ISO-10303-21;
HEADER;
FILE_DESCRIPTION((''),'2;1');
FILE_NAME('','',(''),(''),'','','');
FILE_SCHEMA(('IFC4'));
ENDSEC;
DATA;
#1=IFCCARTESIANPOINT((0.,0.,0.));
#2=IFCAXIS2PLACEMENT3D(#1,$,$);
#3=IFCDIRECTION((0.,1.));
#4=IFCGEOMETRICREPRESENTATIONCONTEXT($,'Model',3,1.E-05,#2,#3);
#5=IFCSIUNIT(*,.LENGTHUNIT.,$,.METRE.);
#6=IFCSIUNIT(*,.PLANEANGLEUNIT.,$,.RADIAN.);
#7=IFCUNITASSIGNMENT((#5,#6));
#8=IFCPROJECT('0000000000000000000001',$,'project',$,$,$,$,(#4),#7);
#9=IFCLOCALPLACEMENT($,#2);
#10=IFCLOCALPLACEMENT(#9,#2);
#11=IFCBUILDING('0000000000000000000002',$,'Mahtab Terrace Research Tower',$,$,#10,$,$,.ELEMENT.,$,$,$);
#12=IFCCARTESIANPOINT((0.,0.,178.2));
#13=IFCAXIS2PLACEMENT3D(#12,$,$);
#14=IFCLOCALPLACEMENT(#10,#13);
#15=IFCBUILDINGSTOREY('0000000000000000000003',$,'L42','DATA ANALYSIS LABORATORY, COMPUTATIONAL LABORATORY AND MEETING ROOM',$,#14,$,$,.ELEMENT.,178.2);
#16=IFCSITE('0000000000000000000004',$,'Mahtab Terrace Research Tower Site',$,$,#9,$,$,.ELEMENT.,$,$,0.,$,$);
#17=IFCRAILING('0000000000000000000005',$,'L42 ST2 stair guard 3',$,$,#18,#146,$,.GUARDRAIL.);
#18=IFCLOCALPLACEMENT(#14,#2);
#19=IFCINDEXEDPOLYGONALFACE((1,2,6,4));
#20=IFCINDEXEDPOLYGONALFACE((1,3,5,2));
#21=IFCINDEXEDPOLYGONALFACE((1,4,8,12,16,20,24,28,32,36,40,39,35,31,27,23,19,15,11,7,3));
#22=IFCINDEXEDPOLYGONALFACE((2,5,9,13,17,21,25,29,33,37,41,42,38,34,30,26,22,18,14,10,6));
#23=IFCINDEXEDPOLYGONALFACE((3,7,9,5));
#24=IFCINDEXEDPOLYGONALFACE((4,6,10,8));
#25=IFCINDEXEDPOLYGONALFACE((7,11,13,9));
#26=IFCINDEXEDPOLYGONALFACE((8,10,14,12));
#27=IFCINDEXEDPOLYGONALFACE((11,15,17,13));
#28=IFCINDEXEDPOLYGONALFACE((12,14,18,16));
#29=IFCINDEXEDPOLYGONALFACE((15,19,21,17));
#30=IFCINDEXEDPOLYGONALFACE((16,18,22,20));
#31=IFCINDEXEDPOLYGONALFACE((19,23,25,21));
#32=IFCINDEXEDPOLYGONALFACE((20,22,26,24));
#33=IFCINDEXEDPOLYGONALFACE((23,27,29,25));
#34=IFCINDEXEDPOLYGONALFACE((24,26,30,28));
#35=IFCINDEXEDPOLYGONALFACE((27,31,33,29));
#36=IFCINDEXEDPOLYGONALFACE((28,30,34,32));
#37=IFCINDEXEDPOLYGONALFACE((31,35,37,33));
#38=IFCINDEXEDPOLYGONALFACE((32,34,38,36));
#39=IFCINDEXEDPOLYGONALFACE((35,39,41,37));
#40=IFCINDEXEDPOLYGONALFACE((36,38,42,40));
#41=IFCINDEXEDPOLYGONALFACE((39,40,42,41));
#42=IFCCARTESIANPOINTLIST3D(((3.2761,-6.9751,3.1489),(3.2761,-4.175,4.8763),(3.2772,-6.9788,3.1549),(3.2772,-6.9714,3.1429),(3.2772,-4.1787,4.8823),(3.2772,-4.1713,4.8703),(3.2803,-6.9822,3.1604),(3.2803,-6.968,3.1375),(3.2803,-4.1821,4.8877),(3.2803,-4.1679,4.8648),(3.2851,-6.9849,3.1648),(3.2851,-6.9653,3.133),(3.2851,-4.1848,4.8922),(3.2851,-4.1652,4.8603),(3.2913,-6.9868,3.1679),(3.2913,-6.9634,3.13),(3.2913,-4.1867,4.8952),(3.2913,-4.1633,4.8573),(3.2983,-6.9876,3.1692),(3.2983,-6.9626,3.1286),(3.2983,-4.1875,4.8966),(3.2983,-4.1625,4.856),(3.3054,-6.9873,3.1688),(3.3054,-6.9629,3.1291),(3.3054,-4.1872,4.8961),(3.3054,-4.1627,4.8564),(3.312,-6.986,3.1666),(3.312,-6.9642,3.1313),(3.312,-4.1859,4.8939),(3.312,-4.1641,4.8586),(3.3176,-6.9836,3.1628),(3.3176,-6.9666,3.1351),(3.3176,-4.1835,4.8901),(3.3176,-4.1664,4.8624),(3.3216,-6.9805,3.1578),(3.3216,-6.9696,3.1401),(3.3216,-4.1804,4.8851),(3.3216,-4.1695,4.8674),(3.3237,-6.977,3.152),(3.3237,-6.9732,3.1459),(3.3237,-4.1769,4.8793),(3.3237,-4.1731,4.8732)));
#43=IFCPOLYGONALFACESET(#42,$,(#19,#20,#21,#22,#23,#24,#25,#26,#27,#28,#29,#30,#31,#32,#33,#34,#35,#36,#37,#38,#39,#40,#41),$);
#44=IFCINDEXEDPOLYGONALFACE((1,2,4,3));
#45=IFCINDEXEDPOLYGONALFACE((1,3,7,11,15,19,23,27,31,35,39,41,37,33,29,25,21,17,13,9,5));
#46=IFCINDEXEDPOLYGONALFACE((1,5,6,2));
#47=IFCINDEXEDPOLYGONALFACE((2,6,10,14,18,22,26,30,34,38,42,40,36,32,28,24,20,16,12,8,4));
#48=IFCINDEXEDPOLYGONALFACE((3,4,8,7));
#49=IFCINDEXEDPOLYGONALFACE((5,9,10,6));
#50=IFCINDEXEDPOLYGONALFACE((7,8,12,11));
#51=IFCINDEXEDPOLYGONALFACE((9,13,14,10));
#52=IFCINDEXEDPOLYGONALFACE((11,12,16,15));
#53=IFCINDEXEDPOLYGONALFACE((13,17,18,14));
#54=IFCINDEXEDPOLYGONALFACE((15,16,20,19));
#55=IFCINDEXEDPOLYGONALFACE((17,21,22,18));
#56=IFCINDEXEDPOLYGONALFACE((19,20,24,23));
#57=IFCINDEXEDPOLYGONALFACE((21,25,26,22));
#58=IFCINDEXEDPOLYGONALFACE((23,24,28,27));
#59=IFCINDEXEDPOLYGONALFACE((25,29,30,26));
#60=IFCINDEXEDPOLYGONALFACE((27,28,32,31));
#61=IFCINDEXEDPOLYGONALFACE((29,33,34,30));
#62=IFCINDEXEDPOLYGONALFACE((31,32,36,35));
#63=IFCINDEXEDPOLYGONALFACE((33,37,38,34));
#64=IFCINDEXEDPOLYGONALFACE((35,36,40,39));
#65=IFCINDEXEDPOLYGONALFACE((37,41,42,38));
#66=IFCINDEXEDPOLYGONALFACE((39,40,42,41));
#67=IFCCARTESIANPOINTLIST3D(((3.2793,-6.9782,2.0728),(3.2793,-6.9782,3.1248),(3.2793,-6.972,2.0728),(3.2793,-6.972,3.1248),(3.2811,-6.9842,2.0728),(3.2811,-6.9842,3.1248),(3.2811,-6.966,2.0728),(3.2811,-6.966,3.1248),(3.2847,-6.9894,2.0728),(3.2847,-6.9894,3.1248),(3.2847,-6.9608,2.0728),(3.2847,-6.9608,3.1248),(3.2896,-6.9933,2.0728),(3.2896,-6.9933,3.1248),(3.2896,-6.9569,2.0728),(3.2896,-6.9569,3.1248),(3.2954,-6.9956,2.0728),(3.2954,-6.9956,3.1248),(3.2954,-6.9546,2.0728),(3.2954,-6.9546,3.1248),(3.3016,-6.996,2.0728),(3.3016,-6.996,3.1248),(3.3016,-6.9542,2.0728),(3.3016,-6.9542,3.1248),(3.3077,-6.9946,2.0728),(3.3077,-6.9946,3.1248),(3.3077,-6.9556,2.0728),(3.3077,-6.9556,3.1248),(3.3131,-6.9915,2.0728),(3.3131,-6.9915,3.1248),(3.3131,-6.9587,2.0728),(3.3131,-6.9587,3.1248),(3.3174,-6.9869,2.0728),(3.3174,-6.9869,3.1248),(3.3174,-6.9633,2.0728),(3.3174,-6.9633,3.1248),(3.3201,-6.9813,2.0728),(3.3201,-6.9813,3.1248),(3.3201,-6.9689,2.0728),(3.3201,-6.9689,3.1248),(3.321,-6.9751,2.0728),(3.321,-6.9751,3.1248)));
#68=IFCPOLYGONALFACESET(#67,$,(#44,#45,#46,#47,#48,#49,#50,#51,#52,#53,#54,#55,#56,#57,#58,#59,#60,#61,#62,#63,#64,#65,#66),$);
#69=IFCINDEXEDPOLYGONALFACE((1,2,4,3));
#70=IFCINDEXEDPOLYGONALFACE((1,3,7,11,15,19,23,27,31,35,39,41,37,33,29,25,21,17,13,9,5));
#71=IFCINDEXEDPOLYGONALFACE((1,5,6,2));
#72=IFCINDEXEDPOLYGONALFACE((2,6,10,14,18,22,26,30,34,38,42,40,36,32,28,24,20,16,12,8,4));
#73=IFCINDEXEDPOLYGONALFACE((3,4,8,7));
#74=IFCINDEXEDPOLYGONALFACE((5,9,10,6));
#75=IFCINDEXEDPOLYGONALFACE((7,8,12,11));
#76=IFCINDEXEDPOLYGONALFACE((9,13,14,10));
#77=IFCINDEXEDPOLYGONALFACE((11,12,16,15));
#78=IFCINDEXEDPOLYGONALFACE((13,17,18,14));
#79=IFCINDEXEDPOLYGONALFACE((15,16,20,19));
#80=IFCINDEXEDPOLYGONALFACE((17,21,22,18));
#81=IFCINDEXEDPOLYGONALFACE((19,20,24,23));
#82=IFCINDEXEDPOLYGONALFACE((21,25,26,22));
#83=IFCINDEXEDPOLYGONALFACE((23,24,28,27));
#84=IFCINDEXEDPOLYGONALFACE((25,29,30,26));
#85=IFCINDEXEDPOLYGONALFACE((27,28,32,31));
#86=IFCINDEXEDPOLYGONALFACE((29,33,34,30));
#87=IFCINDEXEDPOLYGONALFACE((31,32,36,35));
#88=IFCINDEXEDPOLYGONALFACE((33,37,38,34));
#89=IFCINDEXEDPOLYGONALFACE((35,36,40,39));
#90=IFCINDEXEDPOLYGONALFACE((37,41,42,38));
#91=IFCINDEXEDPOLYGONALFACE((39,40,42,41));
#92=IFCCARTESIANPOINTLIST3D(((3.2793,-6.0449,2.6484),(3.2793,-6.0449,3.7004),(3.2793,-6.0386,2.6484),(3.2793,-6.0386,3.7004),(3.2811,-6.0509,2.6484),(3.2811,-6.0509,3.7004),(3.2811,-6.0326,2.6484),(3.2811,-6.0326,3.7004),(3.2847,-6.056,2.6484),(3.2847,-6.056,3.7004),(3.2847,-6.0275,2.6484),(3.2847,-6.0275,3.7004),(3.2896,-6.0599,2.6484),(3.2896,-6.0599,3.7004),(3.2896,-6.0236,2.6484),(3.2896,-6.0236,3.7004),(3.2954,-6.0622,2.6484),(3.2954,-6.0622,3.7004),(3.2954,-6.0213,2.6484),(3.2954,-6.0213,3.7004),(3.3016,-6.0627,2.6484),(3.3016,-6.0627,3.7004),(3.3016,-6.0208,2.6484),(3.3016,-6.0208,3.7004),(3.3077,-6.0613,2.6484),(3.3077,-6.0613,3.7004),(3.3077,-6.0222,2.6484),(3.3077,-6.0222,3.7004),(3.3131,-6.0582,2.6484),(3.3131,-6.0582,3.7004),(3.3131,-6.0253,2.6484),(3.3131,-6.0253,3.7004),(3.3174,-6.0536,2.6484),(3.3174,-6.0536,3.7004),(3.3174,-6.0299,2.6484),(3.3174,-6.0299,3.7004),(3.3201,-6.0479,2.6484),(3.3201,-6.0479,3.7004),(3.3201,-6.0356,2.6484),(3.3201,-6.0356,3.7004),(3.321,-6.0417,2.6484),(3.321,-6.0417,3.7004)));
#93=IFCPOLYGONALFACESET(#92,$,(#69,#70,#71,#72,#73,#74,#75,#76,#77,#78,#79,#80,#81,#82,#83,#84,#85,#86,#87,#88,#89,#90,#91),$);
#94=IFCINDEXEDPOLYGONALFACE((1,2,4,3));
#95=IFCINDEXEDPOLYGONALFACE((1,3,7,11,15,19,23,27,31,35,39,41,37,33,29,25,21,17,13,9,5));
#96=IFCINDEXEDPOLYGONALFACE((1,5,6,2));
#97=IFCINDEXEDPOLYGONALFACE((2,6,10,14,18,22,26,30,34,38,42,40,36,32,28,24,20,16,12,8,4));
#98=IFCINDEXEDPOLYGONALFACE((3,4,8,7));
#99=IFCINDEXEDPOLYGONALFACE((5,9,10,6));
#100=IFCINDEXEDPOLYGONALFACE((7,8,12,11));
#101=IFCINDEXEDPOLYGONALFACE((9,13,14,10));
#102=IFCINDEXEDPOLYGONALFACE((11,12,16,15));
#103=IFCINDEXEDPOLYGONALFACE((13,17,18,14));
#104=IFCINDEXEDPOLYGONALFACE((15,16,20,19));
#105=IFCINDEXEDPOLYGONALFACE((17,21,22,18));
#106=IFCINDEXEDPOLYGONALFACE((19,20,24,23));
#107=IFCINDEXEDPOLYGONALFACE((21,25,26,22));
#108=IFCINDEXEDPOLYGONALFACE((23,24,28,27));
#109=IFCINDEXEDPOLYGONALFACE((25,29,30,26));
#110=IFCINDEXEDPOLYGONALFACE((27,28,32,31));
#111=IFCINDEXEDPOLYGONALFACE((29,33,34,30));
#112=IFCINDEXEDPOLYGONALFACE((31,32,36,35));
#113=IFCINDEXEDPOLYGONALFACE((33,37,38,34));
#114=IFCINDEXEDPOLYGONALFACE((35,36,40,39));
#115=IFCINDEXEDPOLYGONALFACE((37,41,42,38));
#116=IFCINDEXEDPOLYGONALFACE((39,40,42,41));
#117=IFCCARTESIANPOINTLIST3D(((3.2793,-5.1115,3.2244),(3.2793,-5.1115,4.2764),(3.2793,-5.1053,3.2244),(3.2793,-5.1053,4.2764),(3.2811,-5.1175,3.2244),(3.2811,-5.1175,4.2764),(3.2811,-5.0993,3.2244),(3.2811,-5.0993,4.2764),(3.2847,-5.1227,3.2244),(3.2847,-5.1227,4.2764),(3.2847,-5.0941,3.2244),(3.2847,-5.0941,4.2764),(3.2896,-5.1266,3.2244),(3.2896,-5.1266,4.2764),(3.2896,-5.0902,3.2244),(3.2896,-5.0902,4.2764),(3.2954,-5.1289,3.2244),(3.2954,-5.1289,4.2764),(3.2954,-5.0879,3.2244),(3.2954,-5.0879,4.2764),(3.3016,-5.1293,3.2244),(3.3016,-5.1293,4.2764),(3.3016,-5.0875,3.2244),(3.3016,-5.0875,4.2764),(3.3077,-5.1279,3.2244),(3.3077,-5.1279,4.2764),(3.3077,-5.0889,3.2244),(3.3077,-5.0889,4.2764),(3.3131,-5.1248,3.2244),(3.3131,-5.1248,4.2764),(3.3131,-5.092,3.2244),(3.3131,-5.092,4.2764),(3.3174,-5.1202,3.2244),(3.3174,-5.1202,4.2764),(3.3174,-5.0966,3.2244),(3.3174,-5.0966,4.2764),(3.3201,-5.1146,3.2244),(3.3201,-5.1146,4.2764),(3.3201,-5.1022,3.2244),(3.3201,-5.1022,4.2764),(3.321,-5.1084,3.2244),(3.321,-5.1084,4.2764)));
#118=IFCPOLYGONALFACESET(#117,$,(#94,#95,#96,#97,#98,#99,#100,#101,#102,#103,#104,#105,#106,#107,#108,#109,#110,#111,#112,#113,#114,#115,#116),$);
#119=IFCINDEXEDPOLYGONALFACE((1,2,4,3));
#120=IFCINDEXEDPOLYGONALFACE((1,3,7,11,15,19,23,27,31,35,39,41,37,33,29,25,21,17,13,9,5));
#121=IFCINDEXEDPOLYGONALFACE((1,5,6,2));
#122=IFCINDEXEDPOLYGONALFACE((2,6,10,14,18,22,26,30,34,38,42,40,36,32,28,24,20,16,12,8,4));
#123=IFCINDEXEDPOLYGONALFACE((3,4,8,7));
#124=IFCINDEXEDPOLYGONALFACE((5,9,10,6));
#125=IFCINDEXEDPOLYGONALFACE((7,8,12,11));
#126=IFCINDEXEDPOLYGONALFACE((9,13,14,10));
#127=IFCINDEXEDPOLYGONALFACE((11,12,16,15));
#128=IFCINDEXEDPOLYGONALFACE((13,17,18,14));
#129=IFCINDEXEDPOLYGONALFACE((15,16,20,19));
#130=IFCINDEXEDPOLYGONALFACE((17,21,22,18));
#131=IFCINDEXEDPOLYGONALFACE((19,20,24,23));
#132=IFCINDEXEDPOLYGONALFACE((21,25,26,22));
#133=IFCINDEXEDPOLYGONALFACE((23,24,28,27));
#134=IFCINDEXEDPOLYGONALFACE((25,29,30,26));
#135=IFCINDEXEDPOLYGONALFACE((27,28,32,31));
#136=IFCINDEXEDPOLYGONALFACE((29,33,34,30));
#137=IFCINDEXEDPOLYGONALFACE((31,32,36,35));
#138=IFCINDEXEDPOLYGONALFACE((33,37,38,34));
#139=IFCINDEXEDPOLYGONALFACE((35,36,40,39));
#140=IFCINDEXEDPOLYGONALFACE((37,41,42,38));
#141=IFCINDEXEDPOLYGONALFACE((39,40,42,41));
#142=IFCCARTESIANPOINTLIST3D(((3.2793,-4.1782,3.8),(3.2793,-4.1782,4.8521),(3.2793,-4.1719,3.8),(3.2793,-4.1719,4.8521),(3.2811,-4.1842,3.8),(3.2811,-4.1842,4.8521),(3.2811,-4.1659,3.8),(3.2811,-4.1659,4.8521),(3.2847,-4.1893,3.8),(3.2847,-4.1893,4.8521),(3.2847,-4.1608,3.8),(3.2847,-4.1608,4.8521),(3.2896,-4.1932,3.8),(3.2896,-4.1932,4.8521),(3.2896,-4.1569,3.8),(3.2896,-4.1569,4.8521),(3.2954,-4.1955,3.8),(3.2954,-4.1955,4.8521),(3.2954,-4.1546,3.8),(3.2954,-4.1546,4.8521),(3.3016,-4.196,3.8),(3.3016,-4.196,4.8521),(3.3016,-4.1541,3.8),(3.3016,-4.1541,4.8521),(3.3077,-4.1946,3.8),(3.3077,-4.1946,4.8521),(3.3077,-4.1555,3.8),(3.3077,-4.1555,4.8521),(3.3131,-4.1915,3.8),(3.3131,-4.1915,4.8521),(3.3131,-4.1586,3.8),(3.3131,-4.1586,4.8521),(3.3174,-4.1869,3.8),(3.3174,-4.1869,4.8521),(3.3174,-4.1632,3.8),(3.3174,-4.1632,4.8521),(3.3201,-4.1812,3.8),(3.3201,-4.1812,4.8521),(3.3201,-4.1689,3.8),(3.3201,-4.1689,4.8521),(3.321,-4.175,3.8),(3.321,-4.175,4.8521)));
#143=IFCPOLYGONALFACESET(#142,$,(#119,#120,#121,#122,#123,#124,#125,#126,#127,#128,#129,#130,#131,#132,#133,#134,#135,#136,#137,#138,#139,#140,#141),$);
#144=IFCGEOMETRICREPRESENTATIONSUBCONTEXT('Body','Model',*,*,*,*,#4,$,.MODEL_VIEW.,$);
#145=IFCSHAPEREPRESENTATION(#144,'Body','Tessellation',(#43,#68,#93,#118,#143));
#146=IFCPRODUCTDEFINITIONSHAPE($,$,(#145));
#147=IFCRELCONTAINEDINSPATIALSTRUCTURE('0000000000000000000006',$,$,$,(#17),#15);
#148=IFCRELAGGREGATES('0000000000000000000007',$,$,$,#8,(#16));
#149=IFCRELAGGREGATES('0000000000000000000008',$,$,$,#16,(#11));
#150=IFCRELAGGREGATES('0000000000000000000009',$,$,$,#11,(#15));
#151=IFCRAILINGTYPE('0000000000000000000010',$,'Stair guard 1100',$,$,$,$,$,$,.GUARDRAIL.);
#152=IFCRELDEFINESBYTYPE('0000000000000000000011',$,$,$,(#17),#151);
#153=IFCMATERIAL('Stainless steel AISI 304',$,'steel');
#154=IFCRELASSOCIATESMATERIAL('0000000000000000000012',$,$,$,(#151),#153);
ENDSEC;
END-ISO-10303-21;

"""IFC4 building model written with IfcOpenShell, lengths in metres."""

from ifc_helpers import new_model, si_unit, direction, frame, origin, origin_2d, place, context, subcontext, project, spatial, circle, extrude, material, type_object, element, save


model = new_model("IFC4")

# Units and contexts
model_context = context("Model", 3, precision=1e-05, world=origin(), true_north=direction((0.0, 1.0)))
body_context = subcontext(model_context, "Body", "Model", "MODEL_VIEW")
ifc_project = project(units=[si_unit("LENGTHUNIT", "METRE"), si_unit("PLANEANGLEUNIT", "RADIAN")], contexts=[model_context])

# Site, building, storey
site_placement = place(None, origin())
site = spatial("IfcSite", under=ifc_project, at=site_placement, Name="Mahtab Terrace Research Tower Site", CompositionType="ELEMENT", RefElevation=0.0)
building_placement = place(site_placement, origin())
building = spatial("IfcBuilding", under=site, at=building_placement, Name="Mahtab Terrace Research Tower", CompositionType="ELEMENT")
storey_placement = place(building_placement, frame((0.0, 0.0, 178.2)))
storey = spatial("IfcBuildingStorey", under=building, at=storey_placement, Name="L42", Description="DATA ANALYSIS LABORATORY, COMPUTATIONAL LABORATORY AND MEETING ROOM", CompositionType="ELEMENT", Elevation=178.2)

# Railing
ifc_material_1 = material(Name="Stainless steel AISI 304", Category="steel")
railing_type_1 = type_object("IfcRailingType", Name="Stair guard 1100", PredefinedType="GUARDRAIL", material=ifc_material_1)
railing_1_placement = place(storey_placement, frame((3.3, -6.9751, 2.0728)))
element("IfcRailing", 1, at=railing_1_placement, inside=storey, type_object=railing_type_1, Name="L42 ST2 stair guard 3", PredefinedType="GUARDRAIL", context=body_context, shape_type="SweptSolid", body=[
    extrude(circle(Radius=0.0239, at=origin_2d()), frame((0.0, 0.0, 1.0762), z_axis=(0.0, 0.85109, 0.52502), x_axis=(-1.0, 0.0, 0.0)), (0.0, 0.0, 1.0), 3.29),
    extrude(circle(Radius=0.021, at=origin_2d()), origin(), (0.0, 0.0, 1.0), 1.052),
    extrude(circle(Radius=0.021, at=origin_2d()), frame((0.0, 0.9333, 0.5757)), (0.0, 0.0, 1.0), 1.052),
    extrude(circle(Radius=0.021, at=origin_2d()), frame((0.0, 1.8667, 1.1516)), (0.0, 0.0, 1.0), 1.052),
    extrude(circle(Radius=0.021, at=origin_2d()), frame((0.0, 2.8, 1.7273)), (0.0, 0.0, 1.0), 1.052),
])

save(model, "model.ifc")
